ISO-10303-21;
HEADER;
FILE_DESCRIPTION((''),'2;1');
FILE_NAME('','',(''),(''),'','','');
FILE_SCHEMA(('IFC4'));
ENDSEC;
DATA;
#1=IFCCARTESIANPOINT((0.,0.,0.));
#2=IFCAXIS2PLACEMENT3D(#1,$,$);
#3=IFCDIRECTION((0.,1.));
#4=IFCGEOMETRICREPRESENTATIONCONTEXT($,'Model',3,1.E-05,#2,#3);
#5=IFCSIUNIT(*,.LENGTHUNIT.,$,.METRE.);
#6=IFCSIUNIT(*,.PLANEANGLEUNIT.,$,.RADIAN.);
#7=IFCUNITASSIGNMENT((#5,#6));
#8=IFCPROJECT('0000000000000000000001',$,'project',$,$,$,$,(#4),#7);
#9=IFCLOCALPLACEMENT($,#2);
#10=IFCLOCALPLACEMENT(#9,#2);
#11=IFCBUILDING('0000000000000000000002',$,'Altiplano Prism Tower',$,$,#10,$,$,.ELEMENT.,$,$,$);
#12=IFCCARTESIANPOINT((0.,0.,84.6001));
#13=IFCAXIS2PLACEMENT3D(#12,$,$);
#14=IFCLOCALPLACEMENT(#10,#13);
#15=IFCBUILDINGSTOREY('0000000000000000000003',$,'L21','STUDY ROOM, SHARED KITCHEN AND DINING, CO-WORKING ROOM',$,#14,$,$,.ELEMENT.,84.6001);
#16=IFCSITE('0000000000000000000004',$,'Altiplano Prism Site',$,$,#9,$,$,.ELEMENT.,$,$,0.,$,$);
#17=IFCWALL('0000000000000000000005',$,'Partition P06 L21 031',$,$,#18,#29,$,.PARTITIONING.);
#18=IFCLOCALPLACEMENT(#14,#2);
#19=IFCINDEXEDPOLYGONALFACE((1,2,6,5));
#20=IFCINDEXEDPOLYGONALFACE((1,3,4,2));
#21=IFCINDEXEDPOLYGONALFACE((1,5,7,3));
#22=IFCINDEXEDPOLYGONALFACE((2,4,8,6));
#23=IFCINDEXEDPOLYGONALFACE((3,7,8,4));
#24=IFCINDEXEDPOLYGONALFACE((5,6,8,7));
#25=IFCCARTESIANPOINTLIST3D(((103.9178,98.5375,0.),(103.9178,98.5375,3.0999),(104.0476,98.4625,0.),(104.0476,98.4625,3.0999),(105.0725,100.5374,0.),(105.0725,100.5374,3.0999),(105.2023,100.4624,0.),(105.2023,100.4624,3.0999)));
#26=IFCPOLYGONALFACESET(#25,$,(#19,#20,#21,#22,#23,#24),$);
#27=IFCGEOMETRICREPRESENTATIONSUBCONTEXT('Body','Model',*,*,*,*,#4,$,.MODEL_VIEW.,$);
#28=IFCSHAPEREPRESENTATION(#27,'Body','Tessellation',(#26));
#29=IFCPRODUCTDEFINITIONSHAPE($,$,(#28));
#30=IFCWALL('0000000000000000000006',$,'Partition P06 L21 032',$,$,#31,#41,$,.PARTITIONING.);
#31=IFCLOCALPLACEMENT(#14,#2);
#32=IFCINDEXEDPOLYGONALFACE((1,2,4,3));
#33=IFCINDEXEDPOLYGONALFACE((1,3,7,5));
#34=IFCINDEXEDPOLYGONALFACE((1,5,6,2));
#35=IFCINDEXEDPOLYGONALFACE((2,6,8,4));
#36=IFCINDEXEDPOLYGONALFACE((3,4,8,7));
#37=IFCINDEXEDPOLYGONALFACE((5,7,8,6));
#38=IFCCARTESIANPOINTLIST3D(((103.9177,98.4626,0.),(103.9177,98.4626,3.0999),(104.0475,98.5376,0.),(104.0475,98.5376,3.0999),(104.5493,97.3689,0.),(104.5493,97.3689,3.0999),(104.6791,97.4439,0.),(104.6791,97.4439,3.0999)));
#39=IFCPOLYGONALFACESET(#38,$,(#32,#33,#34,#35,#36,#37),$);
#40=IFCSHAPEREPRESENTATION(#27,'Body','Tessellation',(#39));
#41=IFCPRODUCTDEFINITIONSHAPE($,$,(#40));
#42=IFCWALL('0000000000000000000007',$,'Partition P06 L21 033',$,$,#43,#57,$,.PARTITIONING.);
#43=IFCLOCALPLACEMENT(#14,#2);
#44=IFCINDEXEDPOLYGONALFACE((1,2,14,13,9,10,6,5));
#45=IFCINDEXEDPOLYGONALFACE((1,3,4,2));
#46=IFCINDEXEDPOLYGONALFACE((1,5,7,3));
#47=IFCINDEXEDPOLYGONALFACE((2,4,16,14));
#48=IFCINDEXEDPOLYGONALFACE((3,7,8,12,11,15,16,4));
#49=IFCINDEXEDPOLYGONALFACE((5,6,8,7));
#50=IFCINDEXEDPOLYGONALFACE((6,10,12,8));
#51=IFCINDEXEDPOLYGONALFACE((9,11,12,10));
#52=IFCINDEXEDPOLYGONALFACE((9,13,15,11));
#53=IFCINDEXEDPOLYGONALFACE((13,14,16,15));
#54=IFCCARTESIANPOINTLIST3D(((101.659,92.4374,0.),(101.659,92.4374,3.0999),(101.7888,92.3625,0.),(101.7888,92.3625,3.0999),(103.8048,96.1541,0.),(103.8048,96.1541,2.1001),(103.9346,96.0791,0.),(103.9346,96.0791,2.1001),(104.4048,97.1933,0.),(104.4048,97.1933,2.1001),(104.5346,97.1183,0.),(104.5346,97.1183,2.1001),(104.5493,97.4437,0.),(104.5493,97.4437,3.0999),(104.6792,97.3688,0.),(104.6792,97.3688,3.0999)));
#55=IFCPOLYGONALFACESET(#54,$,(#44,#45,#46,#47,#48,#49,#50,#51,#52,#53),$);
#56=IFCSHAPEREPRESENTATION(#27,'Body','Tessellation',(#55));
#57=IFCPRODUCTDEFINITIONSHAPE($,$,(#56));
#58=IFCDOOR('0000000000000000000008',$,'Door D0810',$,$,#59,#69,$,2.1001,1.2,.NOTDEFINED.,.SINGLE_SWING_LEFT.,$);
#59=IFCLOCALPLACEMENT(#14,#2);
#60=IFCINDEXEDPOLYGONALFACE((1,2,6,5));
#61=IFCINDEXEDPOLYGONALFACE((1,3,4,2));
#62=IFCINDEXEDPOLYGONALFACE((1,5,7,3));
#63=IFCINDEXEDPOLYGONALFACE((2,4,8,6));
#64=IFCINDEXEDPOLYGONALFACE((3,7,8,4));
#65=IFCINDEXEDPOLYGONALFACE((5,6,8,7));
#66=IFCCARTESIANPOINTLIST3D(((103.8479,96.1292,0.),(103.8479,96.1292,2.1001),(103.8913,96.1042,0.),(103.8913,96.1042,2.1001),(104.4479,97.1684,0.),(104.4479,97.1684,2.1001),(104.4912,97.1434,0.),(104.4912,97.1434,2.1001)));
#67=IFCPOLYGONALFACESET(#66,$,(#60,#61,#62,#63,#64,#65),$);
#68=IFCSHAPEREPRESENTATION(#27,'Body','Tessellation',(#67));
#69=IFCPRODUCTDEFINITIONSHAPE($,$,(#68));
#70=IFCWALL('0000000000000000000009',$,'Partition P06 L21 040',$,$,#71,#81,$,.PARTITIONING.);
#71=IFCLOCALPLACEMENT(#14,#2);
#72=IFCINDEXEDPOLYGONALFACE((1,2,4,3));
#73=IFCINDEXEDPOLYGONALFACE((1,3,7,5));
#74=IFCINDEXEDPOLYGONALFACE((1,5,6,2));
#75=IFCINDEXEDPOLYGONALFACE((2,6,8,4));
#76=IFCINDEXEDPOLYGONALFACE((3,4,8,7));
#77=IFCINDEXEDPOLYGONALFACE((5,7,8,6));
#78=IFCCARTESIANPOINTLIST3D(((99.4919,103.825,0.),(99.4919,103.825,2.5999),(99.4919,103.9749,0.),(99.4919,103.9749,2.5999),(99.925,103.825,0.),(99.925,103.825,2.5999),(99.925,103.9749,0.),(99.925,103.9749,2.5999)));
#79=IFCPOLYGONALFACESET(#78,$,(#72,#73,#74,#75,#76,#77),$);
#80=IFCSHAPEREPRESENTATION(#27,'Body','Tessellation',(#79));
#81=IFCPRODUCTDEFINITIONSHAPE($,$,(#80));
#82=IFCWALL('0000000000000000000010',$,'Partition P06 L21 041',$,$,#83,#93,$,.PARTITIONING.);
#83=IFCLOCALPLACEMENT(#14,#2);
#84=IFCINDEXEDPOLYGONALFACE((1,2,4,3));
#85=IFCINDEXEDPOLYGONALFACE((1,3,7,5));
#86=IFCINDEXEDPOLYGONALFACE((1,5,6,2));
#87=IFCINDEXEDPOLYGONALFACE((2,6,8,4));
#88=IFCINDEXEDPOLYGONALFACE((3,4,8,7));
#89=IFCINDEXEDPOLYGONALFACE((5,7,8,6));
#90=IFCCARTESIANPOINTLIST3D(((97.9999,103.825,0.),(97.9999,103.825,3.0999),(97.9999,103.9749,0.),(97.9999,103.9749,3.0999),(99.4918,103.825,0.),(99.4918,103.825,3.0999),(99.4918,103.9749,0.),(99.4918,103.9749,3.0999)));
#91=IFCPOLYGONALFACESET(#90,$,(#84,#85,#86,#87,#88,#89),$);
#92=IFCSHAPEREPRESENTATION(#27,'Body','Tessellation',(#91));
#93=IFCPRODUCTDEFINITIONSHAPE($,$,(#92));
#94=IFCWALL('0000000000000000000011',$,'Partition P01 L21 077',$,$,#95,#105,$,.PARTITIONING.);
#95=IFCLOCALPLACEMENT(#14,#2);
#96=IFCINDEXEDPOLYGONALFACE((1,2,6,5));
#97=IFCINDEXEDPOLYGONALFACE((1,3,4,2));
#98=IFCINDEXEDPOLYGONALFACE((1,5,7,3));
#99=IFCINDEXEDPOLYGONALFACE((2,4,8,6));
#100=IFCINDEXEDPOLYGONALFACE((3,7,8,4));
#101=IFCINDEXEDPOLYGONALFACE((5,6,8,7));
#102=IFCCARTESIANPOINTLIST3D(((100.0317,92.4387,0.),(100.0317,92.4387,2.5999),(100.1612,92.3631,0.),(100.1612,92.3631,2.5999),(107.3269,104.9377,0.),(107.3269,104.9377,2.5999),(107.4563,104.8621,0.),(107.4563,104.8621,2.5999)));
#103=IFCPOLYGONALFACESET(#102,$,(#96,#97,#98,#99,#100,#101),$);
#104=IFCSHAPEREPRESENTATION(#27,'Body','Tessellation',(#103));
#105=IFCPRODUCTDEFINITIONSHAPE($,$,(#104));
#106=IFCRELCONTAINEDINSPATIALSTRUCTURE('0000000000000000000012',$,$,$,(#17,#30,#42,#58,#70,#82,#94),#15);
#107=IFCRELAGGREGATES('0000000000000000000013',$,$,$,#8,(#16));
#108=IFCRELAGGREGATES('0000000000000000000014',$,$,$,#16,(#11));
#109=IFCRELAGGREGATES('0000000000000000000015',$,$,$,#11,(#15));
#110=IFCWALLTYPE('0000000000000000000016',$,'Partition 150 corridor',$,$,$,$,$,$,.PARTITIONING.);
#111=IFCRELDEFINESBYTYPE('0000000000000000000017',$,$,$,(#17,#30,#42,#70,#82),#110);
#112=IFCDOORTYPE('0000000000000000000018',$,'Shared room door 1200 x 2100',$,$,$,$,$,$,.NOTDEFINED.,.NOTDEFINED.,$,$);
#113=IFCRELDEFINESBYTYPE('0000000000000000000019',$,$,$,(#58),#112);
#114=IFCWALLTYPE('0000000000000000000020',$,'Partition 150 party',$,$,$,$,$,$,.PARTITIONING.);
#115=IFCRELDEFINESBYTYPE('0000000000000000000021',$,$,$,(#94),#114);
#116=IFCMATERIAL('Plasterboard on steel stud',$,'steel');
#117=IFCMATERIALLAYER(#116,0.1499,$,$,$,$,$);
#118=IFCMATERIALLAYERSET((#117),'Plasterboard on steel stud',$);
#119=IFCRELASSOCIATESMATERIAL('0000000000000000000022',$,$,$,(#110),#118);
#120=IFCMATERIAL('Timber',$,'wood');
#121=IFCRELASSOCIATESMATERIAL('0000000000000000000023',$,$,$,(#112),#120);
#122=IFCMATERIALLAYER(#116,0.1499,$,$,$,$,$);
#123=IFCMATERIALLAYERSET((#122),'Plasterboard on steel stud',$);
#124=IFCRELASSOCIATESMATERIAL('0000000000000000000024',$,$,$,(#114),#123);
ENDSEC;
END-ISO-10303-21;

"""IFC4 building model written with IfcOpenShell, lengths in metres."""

from ifc_helpers import new_model, si_unit, direction, frame, frame_2d, origin, place, context, subcontext, project, spatial, rectangle, extrude, material, layer, layer_set, type_object, element, fill, save


model = new_model("IFC4")

# Units and contexts
model_context = context("Model", 3, precision=1e-05, world=origin(), true_north=direction((0.0, 1.0)))
body_context = subcontext(model_context, "Body", "Model", "MODEL_VIEW")
ifc_project = project(units=[si_unit("LENGTHUNIT", "METRE"), si_unit("PLANEANGLEUNIT", "RADIAN")], contexts=[model_context])

# Site, building, storey
site_placement = place(None, origin())
site = spatial("IfcSite", under=ifc_project, at=site_placement, Name="Altiplano Prism Site", CompositionType="ELEMENT", RefElevation=0.0)
building_placement = place(site_placement, origin())
building = spatial("IfcBuilding", under=site, at=building_placement, Name="Altiplano Prism Tower", CompositionType="ELEMENT")
storey_placement = place(building_placement, frame((0.0, 0.0, 84.6001)))
storey = spatial("IfcBuildingStorey", under=building, at=storey_placement, Name="L21", Description="STUDY ROOM, SHARED KITCHEN AND DINING, CO-WORKING ROOM", CompositionType="ELEMENT", Elevation=84.6001)

# Walls
ifc_material_1 = material(Name="Plasterboard on steel stud", Category="steel")
ifc_layer_1 = layer(ifc_material_1, 0.1499)
ifc_layer_set_1 = layer_set([ifc_layer_1], Name="Plasterboard on steel stud")
wall_type_1 = type_object("IfcWallType", Name="Partition 150 corridor", PredefinedType="PARTITIONING", material=ifc_layer_set_1)
wall_1_placement = place(storey_placement, frame((105.1375, 100.5, 0.0), z_axis=(0.0, 0.0, 1.0), x_axis=(-0.500027, -0.86601, 0.0)))
element("IfcWall", 1, at=wall_1_placement, inside=storey, type_object=wall_type_1, Name="Partition P06 L21 031", PredefinedType="PARTITIONING", context=body_context, shape_type="SweptSolid", body=[
    extrude(rectangle(XDim=2.3093, YDim=0.1499, at=frame_2d((1.1548, 0.0))), origin(), (0.0, 0.0, 1.0), 3.0999),
])
wall_2_placement = place(storey_placement, frame((103.9827, 98.5, 0.0), z_axis=(0.0, 0.0, 1.0), x_axis=(0.500068, -0.865986, 0.0)))
element("IfcWall", 2, at=wall_2_placement, inside=storey, type_object=wall_type_1, Name="Partition P06 L21 032", PredefinedType="PARTITIONING", context=body_context, shape_type="SweptSolid", body=[
    extrude(rectangle(XDim=1.2629, YDim=0.1499, at=frame_2d((0.6313, 0.0))), origin(), (0.0, 0.0, 1.0), 3.0999),
])

# Wall, opening, door
wall_3_placement = place(storey_placement, frame((104.6143, 97.4062, 0.0), z_axis=(0.0, 0.0, 1.0), x_axis=(-0.499995, -0.866028, 0.0)))
wall_3 = element("IfcWall", 3, at=wall_3_placement, inside=storey, type_object=wall_type_1, Name="Partition P06 L21 033", PredefinedType="PARTITIONING", context=body_context, shape_type="SweptSolid", body=[
    extrude(rectangle(XDim=5.7808, YDim=0.1499, at=frame_2d((2.8904, 0.0))), origin(), (0.0, 0.0, 1.0), 3.0999),
])
opening_placement = place(wall_3_placement, frame((0.2891, 0.0, 0.0)))
opening = element("IfcOpeningElement", 4, at=opening_placement, cuts=wall_3, PredefinedType="OPENING", context=body_context, shape_type="SweptSolid", body=[
    extrude(rectangle(XDim=1.2, YDim=2.1001, at=frame_2d((0.6001, 1.05))), frame((0.0, 0.0854, 0.0), z_axis=(0.0, -1.0, 0.0), x_axis=(1.0, 0.0, 0.0)), (0.0, 0.0, 1.0), 0.1709),
])
ifc_material_2 = material(Name="Timber", Category="wood")
door_type = type_object("IfcDoorType", Name="Shared room door 1200 x 2100", OperationType="NOTDEFINED", PredefinedType="NOTDEFINED", material=ifc_material_2)
door_placement = place(opening_placement, origin())
door = element("IfcDoor", 5, at=door_placement, inside=storey, type_object=door_type, Name="Door D0810", OperationType="SINGLE_SWING_LEFT", OverallHeight=2.1001, OverallWidth=1.2, PredefinedType="NOTDEFINED", context=body_context, shape_type="SweptSolid", body=[
    extrude(rectangle(XDim=1.2, YDim=2.1001, at=frame_2d((0.6001, 1.05))), frame((0.0, 0.0249, 0.0), z_axis=(0.0, -1.0, 0.0), x_axis=(1.0, 0.0, 0.0)), (0.0, 0.0, 1.0), 0.05),
])
fill(opening, door)

# Walls
wall_4_placement = place(storey_placement, frame((99.925, 103.8999, 0.0), z_axis=(0.0, 0.0, 1.0), x_axis=(-1.0, 0.0, 0.0)))
element("IfcWall", 6, at=wall_4_placement, inside=storey, type_object=wall_type_1, Name="Partition P06 L21 040", PredefinedType="PARTITIONING", context=body_context, shape_type="SweptSolid", body=[
    extrude(rectangle(XDim=0.4331, YDim=0.1499, at=frame_2d((0.2166, 0.0))), origin(), (0.0, 0.0, 1.0), 2.5999),
])
wall_5_placement = place(storey_placement, frame((99.4919, 103.8999, 0.0), z_axis=(0.0, 0.0, 1.0), x_axis=(-1.0, 0.0, 0.0)))
element("IfcWall", 7, at=wall_5_placement, inside=storey, type_object=wall_type_1, Name="Partition P06 L21 041", PredefinedType="PARTITIONING", context=body_context, shape_type="SweptSolid", body=[
    extrude(rectangle(XDim=1.4919, YDim=0.1499, at=frame_2d((0.7461, 0.0))), origin(), (0.0, 0.0, 1.0), 3.0999),
])
ifc_layer_2 = layer(ifc_material_1, 0.1499)
ifc_layer_set_2 = layer_set([ifc_layer_2], Name="Plasterboard on steel stud")
wall_type_2 = type_object("IfcWallType", Name="Partition 150 party", PredefinedType="PARTITIONING", material=ifc_layer_set_2)
wall_6_placement = place(storey_placement, frame((107.3916, 104.8999, 0.0), z_axis=(0.0, 0.0, 1.0), x_axis=(-0.504081, -0.863657, 0.0)))
element("IfcWall", 8, at=wall_6_placement, inside=storey, type_object=wall_type_2, Name="Partition P01 L21 077", PredefinedType="PARTITIONING", context=body_context, shape_type="SweptSolid", body=[
    extrude(rectangle(XDim=14.4722, YDim=0.1499, at=frame_2d((7.2361, 0.0))), origin(), (0.0, 0.0, 1.0), 2.5999),
])

save(model, "model.ifc")
